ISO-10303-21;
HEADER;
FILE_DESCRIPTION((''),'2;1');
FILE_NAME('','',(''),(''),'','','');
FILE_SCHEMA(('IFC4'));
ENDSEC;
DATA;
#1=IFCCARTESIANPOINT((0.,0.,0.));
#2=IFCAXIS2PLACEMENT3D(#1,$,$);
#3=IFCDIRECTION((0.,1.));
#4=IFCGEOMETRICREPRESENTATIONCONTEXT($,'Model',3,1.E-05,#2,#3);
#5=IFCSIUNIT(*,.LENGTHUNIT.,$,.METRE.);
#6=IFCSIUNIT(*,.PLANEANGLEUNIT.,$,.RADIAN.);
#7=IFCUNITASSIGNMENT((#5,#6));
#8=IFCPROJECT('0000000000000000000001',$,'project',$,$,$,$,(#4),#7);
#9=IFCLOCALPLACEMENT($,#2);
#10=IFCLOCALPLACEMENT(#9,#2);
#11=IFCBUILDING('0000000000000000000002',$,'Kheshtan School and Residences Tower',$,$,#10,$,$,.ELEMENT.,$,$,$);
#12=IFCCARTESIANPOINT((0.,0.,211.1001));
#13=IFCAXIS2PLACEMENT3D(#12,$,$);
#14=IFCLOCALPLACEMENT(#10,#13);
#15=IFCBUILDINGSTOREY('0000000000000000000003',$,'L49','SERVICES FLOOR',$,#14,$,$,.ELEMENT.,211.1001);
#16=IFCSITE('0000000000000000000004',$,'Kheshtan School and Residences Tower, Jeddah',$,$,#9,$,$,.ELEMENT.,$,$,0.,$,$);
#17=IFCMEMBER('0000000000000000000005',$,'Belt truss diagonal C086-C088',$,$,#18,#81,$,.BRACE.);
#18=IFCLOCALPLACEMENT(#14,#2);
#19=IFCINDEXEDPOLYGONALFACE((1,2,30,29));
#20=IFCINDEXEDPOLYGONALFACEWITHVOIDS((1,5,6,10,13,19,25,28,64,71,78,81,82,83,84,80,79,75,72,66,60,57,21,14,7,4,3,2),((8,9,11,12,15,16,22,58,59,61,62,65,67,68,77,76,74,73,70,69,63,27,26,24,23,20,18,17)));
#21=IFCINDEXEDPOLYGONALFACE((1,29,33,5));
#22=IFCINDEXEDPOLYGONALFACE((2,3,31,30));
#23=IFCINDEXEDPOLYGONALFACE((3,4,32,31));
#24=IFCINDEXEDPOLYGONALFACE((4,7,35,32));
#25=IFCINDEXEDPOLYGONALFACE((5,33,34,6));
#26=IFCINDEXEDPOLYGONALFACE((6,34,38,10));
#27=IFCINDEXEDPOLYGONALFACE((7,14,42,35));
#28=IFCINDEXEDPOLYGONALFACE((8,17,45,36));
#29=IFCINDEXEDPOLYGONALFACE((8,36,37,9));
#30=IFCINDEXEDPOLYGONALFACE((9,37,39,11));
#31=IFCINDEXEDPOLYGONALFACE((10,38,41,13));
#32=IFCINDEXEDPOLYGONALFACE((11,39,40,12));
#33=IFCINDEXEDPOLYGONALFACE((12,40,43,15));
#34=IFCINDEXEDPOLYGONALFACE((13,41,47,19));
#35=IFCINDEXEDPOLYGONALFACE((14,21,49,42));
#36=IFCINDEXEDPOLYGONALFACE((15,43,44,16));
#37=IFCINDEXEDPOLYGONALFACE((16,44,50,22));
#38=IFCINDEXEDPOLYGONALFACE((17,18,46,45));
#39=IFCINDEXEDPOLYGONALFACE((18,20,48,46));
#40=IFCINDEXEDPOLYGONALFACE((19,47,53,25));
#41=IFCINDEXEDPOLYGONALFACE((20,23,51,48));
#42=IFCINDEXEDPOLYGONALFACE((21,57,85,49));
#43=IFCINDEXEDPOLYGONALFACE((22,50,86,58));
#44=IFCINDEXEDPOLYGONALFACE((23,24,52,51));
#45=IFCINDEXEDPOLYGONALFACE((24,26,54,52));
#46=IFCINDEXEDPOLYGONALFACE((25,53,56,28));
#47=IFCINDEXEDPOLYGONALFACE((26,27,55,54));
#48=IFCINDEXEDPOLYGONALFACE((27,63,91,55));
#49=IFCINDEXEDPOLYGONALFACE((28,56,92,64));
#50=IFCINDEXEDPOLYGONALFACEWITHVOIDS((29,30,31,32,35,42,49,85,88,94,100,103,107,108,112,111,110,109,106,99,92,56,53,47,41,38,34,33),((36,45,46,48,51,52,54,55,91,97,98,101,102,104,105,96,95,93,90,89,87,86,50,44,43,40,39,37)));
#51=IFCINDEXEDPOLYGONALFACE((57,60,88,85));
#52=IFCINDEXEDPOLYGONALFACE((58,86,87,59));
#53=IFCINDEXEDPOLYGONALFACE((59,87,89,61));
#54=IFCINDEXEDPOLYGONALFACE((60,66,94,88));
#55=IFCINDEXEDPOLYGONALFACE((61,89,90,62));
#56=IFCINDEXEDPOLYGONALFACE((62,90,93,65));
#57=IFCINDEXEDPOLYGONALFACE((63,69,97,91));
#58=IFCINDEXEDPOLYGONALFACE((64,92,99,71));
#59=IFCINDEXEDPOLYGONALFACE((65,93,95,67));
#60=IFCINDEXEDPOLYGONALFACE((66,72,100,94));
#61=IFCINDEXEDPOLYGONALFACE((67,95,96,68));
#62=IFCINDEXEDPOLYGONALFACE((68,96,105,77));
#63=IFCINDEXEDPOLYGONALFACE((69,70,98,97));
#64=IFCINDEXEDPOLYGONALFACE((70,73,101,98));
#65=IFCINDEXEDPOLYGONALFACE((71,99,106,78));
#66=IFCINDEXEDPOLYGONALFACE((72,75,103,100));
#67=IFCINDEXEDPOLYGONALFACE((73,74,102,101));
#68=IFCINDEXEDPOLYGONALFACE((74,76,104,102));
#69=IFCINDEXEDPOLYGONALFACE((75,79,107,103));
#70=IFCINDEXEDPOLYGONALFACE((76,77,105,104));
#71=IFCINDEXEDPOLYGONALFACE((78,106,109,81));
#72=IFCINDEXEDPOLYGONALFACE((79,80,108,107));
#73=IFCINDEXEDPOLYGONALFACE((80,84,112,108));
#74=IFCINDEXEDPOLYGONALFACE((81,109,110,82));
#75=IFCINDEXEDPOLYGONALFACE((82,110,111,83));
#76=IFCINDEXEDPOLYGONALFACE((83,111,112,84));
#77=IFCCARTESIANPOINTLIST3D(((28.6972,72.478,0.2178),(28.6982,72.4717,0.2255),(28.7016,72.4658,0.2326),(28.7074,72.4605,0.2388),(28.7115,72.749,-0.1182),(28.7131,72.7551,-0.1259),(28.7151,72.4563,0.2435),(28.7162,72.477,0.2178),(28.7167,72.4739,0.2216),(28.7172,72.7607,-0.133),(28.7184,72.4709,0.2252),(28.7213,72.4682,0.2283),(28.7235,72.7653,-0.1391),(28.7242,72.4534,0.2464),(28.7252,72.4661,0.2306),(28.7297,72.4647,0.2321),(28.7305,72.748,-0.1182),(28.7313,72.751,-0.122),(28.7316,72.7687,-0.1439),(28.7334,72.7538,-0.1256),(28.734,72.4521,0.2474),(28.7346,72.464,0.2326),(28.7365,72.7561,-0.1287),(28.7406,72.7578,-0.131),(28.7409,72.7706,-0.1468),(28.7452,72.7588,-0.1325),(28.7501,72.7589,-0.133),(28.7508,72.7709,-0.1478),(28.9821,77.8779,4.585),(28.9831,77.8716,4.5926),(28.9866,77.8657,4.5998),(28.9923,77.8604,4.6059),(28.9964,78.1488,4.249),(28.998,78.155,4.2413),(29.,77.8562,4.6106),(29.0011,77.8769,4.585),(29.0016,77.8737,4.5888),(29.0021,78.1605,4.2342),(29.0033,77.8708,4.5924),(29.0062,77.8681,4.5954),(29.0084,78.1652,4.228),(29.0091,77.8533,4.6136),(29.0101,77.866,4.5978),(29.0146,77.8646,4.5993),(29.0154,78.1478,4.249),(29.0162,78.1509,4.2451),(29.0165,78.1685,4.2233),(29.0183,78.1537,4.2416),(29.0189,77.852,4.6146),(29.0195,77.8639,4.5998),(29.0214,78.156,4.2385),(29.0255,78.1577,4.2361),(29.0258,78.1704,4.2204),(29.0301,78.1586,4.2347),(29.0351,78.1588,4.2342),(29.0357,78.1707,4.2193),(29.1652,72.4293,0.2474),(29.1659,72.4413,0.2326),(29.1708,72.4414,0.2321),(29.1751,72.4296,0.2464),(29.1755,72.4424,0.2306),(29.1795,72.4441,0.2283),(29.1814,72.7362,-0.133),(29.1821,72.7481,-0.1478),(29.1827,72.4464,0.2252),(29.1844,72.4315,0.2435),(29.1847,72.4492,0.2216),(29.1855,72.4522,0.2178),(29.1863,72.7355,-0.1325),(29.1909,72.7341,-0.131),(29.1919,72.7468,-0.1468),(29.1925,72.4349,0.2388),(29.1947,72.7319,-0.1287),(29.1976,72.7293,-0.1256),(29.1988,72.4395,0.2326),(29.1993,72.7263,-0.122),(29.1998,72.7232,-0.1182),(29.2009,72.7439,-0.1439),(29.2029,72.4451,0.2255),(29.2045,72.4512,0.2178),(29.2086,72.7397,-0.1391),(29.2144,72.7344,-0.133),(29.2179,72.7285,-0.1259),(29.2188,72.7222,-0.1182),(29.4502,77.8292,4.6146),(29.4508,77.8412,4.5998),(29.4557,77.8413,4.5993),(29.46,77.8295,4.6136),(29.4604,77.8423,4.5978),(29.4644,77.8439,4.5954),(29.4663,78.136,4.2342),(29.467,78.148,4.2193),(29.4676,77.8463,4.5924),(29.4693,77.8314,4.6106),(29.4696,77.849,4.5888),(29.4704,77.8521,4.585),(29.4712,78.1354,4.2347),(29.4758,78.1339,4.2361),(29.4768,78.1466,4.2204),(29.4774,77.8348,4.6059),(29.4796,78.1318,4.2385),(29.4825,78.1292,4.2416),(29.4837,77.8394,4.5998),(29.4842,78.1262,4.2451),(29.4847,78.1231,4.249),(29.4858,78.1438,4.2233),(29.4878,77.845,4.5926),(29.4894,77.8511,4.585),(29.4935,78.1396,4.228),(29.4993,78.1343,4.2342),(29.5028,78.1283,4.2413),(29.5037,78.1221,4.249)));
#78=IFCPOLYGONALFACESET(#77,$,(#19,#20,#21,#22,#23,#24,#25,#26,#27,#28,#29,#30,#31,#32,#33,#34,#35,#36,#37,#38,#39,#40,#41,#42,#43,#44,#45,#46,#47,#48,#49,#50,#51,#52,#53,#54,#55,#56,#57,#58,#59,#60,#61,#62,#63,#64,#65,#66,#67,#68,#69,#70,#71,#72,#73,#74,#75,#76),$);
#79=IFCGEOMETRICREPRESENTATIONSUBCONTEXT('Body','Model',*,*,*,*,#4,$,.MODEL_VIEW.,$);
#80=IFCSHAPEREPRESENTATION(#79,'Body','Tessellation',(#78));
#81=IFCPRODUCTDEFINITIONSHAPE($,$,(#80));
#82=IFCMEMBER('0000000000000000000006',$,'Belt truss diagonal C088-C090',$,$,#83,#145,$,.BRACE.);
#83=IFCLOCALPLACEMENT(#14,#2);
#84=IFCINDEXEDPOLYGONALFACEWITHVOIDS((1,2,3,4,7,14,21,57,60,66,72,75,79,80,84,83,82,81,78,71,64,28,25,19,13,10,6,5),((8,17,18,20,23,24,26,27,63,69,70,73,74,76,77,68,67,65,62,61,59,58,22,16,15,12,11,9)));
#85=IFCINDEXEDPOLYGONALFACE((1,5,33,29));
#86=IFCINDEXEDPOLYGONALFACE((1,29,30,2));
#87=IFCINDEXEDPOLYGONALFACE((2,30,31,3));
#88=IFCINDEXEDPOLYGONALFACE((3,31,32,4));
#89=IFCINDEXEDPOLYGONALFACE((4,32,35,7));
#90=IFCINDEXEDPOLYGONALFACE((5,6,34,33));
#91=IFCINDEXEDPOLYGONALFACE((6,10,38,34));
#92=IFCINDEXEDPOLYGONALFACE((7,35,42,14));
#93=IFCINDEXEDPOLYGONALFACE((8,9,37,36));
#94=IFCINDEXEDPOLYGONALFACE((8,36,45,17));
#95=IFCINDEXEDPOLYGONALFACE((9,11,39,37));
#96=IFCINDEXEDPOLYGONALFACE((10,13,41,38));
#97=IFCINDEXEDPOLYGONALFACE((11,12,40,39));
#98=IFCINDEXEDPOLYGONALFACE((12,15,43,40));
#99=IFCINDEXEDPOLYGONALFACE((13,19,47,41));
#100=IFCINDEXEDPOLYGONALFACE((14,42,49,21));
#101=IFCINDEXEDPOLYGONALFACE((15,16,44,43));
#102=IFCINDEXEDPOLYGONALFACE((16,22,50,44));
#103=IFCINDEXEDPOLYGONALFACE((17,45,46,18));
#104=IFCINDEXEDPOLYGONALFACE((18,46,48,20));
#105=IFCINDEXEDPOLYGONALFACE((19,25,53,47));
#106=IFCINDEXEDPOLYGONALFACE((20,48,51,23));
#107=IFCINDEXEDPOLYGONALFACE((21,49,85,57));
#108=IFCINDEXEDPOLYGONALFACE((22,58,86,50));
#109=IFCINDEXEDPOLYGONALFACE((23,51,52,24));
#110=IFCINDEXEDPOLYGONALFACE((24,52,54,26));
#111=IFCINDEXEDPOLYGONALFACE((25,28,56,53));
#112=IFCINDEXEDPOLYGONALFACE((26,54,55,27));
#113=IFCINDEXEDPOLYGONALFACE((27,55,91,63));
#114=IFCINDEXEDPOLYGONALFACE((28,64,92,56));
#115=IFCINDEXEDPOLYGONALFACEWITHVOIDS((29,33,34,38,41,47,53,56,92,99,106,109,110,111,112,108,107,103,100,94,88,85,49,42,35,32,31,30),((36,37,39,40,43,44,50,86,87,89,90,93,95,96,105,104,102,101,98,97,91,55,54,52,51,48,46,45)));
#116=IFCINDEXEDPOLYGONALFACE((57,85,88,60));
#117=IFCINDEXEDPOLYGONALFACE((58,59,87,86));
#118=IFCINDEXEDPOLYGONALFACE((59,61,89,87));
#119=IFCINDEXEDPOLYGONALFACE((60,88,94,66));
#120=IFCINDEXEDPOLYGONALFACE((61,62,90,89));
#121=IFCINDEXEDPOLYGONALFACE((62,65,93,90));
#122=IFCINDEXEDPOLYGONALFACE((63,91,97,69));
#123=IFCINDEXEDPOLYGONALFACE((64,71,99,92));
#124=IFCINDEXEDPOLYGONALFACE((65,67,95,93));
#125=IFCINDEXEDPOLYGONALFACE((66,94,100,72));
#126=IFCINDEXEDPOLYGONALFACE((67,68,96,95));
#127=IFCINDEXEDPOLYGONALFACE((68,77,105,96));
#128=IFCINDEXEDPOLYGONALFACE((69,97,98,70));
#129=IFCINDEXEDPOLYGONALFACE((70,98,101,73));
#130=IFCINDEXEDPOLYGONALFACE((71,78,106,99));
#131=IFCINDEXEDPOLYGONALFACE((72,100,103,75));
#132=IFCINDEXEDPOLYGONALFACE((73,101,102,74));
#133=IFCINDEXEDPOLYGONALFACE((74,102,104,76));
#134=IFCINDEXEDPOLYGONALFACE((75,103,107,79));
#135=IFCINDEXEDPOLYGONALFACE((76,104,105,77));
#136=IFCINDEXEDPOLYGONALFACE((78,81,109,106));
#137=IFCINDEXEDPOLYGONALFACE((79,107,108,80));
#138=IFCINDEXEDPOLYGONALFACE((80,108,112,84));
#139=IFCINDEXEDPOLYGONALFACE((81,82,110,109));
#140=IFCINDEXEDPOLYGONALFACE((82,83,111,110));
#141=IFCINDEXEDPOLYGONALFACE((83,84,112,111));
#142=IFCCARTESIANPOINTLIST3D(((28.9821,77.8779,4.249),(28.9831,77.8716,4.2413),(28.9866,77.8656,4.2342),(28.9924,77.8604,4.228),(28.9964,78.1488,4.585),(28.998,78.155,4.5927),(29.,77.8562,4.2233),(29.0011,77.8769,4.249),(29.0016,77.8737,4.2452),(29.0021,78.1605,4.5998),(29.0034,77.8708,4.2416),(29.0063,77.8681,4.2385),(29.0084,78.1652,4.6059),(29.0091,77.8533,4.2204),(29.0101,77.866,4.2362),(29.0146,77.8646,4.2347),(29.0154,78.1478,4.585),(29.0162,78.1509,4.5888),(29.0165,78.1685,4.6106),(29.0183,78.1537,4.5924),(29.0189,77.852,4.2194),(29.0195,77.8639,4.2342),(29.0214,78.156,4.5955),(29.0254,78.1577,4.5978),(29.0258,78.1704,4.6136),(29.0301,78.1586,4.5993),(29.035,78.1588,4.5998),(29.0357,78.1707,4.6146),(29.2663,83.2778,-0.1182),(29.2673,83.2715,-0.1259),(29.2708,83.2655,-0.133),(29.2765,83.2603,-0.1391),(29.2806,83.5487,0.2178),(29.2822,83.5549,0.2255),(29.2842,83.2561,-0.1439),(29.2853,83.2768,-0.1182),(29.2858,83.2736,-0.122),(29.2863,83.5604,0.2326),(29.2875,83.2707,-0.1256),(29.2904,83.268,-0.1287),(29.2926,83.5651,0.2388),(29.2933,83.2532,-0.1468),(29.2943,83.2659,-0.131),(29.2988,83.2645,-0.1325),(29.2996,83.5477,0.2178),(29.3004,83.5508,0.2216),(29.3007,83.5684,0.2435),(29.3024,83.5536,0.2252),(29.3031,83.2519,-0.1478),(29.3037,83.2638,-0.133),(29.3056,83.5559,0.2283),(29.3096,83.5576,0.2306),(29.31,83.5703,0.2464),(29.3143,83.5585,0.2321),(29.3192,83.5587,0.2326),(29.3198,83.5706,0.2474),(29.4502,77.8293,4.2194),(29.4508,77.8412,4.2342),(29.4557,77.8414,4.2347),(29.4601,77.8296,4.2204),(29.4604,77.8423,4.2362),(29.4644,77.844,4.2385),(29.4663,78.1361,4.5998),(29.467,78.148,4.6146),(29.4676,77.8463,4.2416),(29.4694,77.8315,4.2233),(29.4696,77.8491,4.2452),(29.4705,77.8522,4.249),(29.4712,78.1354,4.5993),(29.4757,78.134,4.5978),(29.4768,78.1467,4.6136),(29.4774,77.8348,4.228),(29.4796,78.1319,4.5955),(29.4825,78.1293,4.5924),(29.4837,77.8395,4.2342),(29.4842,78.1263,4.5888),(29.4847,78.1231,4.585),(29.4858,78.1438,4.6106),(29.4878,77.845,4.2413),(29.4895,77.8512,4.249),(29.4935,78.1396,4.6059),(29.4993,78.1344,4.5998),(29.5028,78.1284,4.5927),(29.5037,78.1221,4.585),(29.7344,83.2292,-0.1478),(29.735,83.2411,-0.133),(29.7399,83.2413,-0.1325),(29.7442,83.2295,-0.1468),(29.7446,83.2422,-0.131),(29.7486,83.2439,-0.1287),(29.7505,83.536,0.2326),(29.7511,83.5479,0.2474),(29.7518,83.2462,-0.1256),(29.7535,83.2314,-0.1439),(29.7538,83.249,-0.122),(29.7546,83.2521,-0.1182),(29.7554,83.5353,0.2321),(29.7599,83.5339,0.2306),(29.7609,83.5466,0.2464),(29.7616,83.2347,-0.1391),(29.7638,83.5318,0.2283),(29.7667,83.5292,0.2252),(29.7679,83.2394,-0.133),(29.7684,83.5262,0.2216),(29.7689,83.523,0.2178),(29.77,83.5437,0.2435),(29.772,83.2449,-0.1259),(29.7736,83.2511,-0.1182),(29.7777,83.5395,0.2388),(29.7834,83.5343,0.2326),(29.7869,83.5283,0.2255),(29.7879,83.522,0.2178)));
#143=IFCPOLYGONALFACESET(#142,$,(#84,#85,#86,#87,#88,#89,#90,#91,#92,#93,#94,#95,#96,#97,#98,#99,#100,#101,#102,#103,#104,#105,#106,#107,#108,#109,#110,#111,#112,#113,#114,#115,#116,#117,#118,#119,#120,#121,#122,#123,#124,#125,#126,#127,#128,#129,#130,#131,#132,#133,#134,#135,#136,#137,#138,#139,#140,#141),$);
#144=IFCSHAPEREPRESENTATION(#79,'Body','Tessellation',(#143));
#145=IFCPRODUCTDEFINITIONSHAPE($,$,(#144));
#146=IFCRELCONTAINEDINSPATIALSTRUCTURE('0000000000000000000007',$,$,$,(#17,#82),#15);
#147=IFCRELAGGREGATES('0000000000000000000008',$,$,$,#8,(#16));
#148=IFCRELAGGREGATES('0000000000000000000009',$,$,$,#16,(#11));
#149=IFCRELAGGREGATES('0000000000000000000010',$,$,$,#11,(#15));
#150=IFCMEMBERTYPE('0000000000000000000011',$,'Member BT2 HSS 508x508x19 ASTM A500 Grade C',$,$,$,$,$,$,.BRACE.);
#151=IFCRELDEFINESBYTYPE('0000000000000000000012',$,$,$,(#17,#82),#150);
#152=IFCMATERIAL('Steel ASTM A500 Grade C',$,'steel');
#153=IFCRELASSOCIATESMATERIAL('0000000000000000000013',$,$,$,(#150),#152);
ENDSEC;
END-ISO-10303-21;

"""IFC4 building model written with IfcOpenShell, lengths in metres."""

from ifc_helpers import new_model, si_unit, direction, frame, origin, origin_2d, place, context, subcontext, project, spatial, hollow_rectangle, extrude, material, material_profile, profile_set, type_object, element, save


model = new_model("IFC4")

# Units and contexts
model_context = context("Model", 3, precision=1e-05, world=origin(), true_north=direction((0.0, 1.0)))
body_context = subcontext(model_context, "Body", "Model", "MODEL_VIEW")
ifc_project = project(units=[si_unit("LENGTHUNIT", "METRE"), si_unit("PLANEANGLEUNIT", "RADIAN")], contexts=[model_context])

# Site, building, storey
site_placement = place(None, origin())
site = spatial("IfcSite", under=ifc_project, at=site_placement, Name="Kheshtan School and Residences Tower, Jeddah", CompositionType="ELEMENT", RefElevation=0.0)
building_placement = place(site_placement, origin())
building = spatial("IfcBuilding", under=site, at=building_placement, Name="Kheshtan School and Residences Tower", CompositionType="ELEMENT")
storey_placement = place(building_placement, frame((0.0, 0.0, 211.1001)))
storey = spatial("IfcBuildingStorey", under=building, at=storey_placement, Name="L49", Description="SERVICES FLOOR", CompositionType="ELEMENT", Elevation=211.1001)

# Members
ifc_material_1 = material(Name="Steel ASTM A500 Grade C", Category="steel")
ifc_material_profile_1 = material_profile(ifc_material_1, hollow_rectangle(XDim=0.5081, YDim=0.5081, WallThickness=0.019, InnerFilletRadius=0.019, OuterFilletRadius=0.0381, at=origin_2d()), Name="HSS 508x508x19")
ifc_profile_set_1 = profile_set([ifc_material_profile_1], Name="Steel ASTM A500 Grade C")
member_type = type_object("IfcMemberType", Name="Member BT2 HSS 508x508x19 ASTM A500 Grade C", PredefinedType="BRACE", material=ifc_profile_set_1)
for number, where, z_axis, x_axis, name in (
    (1, (28.958, 72.6001, 0.0498), (0.04099, 0.776884, 0.628308), (-0.998611, 0.052689, 0.0), "Belt truss diagonal C086-C088"),
    (2, (29.5271, 83.3999, 0.0498), (-0.040885, -0.776888, 0.62831), (0.998618, -0.052554, 0.0), "Belt truss diagonal C088-C090"),
):
    element("IfcMember", number, at=place(storey_placement, frame(where, z_axis=z_axis, x_axis=x_axis)), inside=storey, type_object=member_type, Name=name, PredefinedType="BRACE", context=body_context, shape_type="SweptSolid", body=[
        extrude(hollow_rectangle(XDim=0.5081, YDim=0.5081, WallThickness=0.019, InnerFilletRadius=0.019, OuterFilletRadius=0.0381, at=origin_2d()), origin(), (0.0, 0.0, 1.0), 6.9507),
    ])

save(model, "model.ifc")
